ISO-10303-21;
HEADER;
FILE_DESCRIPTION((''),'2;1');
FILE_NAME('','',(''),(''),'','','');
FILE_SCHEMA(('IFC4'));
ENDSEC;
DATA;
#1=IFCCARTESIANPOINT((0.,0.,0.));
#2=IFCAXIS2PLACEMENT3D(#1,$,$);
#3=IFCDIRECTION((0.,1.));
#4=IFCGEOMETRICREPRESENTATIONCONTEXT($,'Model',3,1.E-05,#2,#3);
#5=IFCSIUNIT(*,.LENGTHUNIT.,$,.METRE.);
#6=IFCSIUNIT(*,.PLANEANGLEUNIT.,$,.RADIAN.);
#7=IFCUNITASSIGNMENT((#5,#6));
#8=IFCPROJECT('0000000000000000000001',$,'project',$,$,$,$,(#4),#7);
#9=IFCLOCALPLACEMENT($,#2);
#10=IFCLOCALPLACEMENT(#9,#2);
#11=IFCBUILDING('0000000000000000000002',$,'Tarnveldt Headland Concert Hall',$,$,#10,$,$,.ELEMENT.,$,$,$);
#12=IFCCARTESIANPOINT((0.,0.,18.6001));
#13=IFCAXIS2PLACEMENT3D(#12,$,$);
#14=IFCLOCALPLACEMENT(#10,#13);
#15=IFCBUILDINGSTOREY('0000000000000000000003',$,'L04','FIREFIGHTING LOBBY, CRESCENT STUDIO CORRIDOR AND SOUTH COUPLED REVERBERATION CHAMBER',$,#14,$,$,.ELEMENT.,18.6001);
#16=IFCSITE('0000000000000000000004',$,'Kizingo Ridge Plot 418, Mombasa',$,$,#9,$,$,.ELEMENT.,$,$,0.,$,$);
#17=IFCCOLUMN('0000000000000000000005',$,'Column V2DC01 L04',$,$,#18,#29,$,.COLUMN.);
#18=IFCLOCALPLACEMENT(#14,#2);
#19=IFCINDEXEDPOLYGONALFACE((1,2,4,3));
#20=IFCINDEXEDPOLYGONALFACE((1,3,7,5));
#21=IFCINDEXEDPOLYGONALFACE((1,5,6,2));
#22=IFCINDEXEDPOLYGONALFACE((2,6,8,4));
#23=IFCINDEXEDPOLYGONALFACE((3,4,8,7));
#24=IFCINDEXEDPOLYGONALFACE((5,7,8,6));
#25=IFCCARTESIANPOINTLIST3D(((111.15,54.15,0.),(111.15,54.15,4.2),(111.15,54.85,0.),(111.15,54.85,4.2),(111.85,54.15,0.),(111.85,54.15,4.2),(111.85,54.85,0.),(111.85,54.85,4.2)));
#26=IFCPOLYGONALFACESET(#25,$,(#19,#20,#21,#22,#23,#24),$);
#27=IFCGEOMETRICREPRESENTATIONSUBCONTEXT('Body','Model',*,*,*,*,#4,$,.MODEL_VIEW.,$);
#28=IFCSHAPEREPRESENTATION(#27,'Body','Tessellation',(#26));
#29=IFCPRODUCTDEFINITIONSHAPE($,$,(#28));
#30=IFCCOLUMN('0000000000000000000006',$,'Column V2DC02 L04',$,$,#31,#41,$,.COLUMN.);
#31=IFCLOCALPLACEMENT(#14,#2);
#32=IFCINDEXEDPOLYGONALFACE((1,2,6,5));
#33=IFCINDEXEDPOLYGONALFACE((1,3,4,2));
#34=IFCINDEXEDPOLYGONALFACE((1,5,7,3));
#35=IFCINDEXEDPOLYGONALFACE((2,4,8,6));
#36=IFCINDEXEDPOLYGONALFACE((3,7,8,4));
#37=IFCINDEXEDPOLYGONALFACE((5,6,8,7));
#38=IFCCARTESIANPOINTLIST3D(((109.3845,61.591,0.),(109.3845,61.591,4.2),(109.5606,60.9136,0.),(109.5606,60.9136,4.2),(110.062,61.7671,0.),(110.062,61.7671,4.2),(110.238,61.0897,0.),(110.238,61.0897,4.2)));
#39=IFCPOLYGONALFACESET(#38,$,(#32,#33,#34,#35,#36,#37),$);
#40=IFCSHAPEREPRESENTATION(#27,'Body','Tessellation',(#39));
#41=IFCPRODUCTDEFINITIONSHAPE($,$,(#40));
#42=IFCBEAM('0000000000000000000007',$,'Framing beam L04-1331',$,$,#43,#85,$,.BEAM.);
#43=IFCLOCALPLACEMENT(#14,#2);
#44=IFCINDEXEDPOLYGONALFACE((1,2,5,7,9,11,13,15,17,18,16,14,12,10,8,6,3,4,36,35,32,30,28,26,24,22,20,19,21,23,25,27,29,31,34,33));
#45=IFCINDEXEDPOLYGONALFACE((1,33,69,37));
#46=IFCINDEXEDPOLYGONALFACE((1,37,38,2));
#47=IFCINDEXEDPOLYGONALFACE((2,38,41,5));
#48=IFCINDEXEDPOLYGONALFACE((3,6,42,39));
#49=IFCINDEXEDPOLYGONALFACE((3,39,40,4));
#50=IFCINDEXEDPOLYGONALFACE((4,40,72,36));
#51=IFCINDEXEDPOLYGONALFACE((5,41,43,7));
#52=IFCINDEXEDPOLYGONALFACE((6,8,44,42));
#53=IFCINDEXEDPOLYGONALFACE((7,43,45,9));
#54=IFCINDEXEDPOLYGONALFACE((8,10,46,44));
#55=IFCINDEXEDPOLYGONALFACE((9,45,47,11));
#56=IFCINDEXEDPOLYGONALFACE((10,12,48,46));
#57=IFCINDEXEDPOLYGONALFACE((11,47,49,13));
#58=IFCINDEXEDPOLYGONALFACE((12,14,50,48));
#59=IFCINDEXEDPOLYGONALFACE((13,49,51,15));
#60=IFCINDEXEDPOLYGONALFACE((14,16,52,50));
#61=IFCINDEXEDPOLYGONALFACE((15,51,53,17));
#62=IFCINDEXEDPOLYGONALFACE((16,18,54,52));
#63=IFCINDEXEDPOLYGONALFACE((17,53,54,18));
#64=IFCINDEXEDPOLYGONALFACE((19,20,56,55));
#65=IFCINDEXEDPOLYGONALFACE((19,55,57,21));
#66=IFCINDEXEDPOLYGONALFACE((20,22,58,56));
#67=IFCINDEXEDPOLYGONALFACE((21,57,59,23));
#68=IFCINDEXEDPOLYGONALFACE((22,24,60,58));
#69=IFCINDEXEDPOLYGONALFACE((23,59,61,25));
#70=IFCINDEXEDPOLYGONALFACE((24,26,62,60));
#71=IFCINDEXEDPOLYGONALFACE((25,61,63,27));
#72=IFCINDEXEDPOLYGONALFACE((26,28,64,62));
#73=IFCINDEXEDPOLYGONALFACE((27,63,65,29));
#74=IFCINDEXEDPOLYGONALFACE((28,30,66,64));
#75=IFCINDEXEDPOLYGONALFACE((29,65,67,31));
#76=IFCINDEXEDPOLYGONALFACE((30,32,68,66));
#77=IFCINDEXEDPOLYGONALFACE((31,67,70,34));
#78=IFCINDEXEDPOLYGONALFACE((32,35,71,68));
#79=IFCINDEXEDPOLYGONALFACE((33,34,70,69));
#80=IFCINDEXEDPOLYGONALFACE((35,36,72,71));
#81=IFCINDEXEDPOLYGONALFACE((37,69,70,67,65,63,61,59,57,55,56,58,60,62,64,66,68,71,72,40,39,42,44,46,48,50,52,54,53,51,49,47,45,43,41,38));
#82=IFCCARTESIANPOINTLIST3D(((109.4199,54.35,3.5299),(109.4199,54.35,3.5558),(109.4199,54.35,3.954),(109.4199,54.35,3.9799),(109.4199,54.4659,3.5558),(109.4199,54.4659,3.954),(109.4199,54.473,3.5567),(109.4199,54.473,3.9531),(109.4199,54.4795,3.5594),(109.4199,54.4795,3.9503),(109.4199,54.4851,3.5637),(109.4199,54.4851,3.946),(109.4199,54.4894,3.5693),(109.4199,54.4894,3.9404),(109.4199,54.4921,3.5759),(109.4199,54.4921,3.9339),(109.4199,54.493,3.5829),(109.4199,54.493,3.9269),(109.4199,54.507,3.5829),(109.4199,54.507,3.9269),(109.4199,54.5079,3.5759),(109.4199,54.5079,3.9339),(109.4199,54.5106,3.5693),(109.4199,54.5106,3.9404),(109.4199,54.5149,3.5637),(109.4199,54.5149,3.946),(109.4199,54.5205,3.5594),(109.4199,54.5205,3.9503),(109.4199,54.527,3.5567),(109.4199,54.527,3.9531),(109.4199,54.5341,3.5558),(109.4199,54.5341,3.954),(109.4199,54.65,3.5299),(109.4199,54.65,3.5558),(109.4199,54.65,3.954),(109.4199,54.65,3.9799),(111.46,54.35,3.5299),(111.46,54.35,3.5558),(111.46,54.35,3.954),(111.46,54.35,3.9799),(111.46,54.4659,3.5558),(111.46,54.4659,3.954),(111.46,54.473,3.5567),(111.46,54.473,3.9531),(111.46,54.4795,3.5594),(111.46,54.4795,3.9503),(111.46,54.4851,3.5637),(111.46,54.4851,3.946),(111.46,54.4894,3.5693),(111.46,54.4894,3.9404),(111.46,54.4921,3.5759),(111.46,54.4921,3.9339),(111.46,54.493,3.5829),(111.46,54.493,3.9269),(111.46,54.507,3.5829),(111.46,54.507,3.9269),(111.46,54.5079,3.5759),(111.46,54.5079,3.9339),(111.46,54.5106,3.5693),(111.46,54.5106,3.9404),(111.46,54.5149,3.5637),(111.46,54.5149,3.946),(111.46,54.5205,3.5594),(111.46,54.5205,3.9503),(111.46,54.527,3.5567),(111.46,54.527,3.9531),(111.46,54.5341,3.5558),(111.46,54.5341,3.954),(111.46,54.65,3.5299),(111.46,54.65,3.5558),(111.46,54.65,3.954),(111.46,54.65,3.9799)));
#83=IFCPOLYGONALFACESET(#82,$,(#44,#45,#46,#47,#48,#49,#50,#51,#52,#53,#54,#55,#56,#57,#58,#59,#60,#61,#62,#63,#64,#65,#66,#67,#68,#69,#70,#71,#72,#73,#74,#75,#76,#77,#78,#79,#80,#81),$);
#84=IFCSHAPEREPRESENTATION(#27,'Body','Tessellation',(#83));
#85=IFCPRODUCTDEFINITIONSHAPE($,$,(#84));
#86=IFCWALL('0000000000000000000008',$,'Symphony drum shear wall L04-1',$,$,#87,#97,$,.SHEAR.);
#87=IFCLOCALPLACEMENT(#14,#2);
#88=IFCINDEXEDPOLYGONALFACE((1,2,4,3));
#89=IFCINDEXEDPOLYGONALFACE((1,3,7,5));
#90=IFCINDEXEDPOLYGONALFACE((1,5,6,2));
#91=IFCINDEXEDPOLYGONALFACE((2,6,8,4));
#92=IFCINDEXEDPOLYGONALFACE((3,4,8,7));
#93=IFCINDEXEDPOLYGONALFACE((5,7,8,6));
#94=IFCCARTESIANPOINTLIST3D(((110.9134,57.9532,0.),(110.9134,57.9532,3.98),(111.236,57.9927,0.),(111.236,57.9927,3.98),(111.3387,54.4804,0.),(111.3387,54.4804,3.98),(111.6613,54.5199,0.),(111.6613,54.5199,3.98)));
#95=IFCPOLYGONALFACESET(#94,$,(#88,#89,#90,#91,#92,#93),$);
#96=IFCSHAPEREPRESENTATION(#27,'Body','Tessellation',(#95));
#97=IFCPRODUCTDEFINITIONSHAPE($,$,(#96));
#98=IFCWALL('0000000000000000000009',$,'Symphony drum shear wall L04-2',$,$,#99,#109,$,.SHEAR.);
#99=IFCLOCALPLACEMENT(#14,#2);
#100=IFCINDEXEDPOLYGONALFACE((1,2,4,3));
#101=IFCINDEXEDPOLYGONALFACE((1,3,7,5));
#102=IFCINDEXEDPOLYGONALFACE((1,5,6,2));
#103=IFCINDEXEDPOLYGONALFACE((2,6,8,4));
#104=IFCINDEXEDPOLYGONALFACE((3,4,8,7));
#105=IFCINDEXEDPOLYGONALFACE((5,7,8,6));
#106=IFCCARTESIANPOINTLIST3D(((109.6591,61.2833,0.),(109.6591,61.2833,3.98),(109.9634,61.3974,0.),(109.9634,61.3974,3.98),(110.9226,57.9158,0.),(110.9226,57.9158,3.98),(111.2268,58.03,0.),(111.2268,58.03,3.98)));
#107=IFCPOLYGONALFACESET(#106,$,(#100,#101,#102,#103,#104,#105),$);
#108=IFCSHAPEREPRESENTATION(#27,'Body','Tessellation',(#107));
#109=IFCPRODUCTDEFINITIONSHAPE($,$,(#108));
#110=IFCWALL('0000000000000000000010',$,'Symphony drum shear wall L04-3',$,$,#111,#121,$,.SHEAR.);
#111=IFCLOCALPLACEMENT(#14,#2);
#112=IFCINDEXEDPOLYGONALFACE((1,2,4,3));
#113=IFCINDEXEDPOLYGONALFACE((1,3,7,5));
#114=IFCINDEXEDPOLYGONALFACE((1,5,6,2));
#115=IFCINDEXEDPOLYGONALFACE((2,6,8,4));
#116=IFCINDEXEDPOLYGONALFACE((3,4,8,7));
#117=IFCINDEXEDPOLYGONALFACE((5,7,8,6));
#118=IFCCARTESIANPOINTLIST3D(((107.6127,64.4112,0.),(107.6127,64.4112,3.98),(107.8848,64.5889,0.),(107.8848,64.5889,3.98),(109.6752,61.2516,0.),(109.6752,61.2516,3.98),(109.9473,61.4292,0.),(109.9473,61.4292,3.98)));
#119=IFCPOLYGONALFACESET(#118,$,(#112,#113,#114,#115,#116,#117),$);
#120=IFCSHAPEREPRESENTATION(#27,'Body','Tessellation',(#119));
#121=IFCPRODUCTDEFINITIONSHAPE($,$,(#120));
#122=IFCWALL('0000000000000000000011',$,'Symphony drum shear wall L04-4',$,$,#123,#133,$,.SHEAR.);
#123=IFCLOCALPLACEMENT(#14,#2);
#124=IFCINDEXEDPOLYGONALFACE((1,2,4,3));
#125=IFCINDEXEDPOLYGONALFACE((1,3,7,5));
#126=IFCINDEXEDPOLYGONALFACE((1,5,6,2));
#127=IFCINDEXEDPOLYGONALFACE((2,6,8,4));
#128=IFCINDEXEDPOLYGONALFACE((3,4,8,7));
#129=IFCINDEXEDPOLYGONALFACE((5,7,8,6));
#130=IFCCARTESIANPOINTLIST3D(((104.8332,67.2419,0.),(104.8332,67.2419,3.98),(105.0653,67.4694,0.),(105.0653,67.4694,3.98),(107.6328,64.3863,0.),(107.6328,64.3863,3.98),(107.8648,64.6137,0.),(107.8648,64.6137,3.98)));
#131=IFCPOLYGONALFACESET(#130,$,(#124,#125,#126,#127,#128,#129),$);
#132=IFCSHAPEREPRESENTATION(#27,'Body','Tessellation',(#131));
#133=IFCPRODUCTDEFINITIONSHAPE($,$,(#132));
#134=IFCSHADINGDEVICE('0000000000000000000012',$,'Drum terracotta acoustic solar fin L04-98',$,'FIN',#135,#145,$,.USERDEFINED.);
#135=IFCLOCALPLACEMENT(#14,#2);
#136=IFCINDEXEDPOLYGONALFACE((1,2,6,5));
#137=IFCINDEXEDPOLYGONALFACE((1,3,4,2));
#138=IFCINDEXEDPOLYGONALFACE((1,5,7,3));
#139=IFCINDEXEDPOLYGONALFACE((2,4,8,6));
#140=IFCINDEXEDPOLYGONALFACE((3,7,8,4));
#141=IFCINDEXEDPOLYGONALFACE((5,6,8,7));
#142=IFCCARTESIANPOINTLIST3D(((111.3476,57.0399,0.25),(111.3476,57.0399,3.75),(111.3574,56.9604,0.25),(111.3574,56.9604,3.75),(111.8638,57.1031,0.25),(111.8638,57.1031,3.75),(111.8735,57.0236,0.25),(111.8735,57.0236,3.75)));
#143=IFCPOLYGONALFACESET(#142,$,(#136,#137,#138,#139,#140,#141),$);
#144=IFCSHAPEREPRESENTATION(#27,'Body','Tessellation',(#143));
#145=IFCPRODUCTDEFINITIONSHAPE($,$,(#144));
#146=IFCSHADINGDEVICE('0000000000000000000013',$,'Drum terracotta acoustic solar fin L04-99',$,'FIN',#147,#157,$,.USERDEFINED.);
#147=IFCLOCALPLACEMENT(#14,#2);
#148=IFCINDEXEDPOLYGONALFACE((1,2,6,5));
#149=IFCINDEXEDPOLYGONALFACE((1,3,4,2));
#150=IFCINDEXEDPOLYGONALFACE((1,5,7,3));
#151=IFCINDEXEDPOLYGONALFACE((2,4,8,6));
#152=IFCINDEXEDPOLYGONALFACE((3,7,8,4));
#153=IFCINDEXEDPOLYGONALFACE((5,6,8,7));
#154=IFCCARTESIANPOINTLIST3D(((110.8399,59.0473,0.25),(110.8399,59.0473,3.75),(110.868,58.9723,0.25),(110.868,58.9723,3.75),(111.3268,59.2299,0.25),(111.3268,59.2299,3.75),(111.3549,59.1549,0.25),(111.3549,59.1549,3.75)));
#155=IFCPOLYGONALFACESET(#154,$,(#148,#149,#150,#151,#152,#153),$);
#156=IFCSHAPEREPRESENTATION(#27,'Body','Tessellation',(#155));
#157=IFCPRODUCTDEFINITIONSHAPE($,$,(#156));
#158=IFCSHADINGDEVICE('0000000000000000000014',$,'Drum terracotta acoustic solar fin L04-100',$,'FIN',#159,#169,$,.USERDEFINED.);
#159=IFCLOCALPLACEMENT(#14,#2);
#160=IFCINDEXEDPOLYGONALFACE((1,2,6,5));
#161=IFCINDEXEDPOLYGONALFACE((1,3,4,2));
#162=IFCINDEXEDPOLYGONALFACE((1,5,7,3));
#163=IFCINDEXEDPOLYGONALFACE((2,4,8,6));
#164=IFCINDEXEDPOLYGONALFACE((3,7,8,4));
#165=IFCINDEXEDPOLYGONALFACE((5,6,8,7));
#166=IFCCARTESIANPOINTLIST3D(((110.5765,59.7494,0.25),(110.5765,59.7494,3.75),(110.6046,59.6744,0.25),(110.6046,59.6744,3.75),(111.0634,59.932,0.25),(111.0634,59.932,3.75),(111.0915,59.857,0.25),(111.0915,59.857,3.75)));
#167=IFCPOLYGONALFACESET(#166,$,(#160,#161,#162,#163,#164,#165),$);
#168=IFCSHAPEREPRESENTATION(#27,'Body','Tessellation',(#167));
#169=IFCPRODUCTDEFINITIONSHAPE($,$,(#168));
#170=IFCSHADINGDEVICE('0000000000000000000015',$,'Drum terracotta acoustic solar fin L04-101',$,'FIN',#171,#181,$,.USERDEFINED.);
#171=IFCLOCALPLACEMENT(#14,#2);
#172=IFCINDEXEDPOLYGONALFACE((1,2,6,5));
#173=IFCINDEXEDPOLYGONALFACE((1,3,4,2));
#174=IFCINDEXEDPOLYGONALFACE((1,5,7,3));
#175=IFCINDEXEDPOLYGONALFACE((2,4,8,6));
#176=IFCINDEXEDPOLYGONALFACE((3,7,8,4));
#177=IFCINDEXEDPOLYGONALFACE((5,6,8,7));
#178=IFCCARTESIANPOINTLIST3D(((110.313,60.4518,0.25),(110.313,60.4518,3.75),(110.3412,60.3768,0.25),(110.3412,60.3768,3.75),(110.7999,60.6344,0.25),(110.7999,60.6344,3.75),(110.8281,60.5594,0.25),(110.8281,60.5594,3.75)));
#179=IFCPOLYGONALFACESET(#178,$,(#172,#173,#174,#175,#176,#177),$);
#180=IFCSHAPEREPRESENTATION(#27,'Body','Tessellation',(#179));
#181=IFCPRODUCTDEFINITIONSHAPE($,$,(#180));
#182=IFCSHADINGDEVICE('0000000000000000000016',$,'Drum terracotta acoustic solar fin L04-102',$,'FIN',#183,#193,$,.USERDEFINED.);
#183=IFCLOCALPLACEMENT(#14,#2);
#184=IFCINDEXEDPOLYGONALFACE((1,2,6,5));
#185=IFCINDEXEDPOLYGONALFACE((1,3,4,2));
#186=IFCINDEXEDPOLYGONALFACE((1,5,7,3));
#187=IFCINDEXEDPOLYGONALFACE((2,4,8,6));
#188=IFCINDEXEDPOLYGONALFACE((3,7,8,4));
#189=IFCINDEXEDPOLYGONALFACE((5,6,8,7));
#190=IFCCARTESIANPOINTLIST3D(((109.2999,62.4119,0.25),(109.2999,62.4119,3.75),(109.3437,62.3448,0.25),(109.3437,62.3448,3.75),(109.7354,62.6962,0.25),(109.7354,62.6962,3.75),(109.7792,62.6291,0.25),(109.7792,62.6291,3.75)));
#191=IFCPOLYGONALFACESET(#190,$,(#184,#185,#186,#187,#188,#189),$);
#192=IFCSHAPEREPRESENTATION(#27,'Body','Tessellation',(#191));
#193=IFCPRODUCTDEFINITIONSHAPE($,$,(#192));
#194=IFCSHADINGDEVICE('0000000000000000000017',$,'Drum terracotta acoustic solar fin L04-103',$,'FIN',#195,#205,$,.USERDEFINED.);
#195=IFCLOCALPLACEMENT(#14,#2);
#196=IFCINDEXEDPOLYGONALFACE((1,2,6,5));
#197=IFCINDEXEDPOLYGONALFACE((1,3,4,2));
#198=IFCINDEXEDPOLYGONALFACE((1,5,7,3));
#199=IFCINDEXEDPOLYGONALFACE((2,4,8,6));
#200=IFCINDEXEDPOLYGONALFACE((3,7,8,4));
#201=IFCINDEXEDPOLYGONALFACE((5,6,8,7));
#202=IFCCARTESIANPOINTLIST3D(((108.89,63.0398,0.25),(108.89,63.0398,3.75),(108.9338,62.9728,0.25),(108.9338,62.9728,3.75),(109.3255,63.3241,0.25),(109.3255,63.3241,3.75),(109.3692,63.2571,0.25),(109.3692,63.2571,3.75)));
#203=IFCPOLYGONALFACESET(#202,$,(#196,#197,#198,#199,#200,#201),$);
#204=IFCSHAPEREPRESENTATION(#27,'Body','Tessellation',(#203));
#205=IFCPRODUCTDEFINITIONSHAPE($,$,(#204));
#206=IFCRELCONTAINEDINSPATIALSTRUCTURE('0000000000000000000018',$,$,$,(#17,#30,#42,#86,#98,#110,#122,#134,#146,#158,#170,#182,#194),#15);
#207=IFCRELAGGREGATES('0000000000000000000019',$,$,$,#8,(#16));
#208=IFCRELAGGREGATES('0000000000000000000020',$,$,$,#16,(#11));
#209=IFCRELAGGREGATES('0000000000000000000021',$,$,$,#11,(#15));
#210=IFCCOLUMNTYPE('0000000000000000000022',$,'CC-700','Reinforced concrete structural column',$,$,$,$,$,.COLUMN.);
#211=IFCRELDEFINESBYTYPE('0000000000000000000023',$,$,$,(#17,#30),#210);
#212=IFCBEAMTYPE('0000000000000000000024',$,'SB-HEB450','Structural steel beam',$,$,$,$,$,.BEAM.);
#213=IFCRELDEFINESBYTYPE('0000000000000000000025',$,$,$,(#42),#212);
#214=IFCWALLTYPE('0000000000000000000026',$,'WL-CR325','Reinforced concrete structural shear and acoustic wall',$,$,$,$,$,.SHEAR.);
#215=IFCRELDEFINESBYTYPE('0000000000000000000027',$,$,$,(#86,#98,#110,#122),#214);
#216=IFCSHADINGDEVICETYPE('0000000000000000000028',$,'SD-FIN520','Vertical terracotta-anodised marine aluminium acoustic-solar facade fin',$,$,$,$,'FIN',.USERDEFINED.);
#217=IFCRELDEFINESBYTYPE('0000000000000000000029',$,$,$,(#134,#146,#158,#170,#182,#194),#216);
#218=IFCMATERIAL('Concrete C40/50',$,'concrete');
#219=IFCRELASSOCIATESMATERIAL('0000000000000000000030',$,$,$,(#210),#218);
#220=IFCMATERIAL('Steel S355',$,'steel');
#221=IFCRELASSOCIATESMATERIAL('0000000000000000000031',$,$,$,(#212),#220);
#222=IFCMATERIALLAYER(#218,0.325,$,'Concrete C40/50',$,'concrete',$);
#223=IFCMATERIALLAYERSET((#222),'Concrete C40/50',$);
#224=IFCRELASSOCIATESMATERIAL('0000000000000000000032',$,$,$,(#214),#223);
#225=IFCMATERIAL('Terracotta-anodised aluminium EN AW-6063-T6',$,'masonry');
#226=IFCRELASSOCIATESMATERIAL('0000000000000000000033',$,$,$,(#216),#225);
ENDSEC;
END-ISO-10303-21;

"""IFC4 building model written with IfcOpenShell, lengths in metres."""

from ifc_helpers import new_model, si_unit, direction, frame, frame_2d, origin, origin_2d, place, context, subcontext, project, spatial, rectangle, i_section, extrude, material, layer, layer_set, material_profile, profile_set, type_object, element, save


model = new_model("IFC4")

# Units and contexts
model_context = context("Model", 3, precision=1e-05, world=origin(), true_north=direction((0.0, 1.0)))
body_context = subcontext(model_context, "Body", "Model", "MODEL_VIEW")
ifc_project = project(units=[si_unit("LENGTHUNIT", "METRE"), si_unit("PLANEANGLEUNIT", "RADIAN")], contexts=[model_context])

# Site, building, storey
site_placement = place(None, origin())
site = spatial("IfcSite", under=ifc_project, at=site_placement, Name="Kizingo Ridge Plot 418, Mombasa", CompositionType="ELEMENT", RefElevation=0.0)
building_placement = place(site_placement, origin())
building = spatial("IfcBuilding", under=site, at=building_placement, Name="Tarnveldt Headland Concert Hall", CompositionType="ELEMENT")
storey_placement = place(building_placement, frame((0.0, 0.0, 18.6001)))
storey = spatial("IfcBuildingStorey", under=building, at=storey_placement, Name="L04", Description="FIREFIGHTING LOBBY, CRESCENT STUDIO CORRIDOR AND SOUTH COUPLED REVERBERATION CHAMBER", CompositionType="ELEMENT", Elevation=18.6001)

# Columns
ifc_material_1 = material(Name="Concrete C40/50", Category="concrete")
ifc_material_profile_1 = material_profile(ifc_material_1, rectangle(XDim=0.7, YDim=0.7, at=origin_2d()), Name="RC 700x700", Category="concrete")
ifc_profile_set_1 = profile_set([ifc_material_profile_1], Name="Concrete C40/50")
column_type = type_object("IfcColumnType", Name="CC-700", Description="Reinforced concrete structural column", PredefinedType="COLUMN", material=ifc_profile_set_1)
for number, where, z_axis, x_axis, name in (
    (1, (111.5, 54.5, 0.0), (0.0, 0.0, 1.0), (1.0, 0.0, 0.0), "Column V2DC01 L04"),
    (2, (109.8113, 61.3403, 0.0), (0.0, 0.0, 1.0), (0.967841, 0.251563, 0.0), "Column V2DC02 L04"),
):
    element("IfcColumn", number, at=place(storey_placement, frame(where, z_axis=z_axis, x_axis=x_axis)), inside=storey, type_object=column_type, Name=name, PredefinedType="COLUMN", context=body_context, shape_type="SweptSolid", body=[
        extrude(rectangle(XDim=0.7, YDim=0.7, at=origin_2d()), origin(), (0.0, 0.0, 1.0), 4.2),
    ])

# Beam
ifc_material_2 = material(Name="Steel S355", Category="steel")
ifc_material_profile_2 = material_profile(ifc_material_2, i_section(OverallWidth=0.3, OverallDepth=0.45, WebThickness=0.0139, FlangeThickness=0.0259, FilletRadius=0.0271, at=origin_2d()), Name="HEB450", Category="steel")
ifc_profile_set_2 = profile_set([ifc_material_profile_2], Name="Steel S355")
beam_type = type_object("IfcBeamType", Name="SB-HEB450", Description="Structural steel beam", PredefinedType="BEAM", material=ifc_profile_set_2)
beam_placement = place(storey_placement, frame((109.4199, 54.5, 3.7549), z_axis=(1.0, 0.0, 0.0), x_axis=(0.0, 1.0, 0.0)))
element("IfcBeam", 3, at=beam_placement, inside=storey, type_object=beam_type, Name="Framing beam L04-1331", PredefinedType="BEAM", context=body_context, shape_type="SweptSolid", body=[
    extrude(i_section(OverallWidth=0.3, OverallDepth=0.45, WebThickness=0.0139, FlangeThickness=0.0259, FilletRadius=0.0271, at=origin_2d()), origin(), (0.0, 0.0, 1.0), 2.04),
])

# Walls
ifc_layer_1 = layer(ifc_material_1, 0.325, Name="Concrete C40/50", Category="concrete")
ifc_layer_set_1 = layer_set([ifc_layer_1], Name="Concrete C40/50")
wall_type_1 = type_object("IfcWallType", Name="WL-CR325", Description="Reinforced concrete structural shear and acoustic wall", PredefinedType="SHEAR", material=ifc_layer_set_1)
wall_1_placement = place(storey_placement, frame((111.5, 54.5, 0.0), z_axis=(0.0, 0.0, 1.0), x_axis=(-0.121552, 0.992585, 0.0)))
element("IfcWall", 4, at=wall_1_placement, inside=storey, type_object=wall_type_1, Name="Symphony drum shear wall L04-1", PredefinedType="SHEAR", context=body_context, shape_type="SweptSolid", body=[
    extrude(rectangle(XDim=3.4988, YDim=0.325, at=frame_2d((1.7495, 0.0))), origin(), (0.0, 0.0, 1.0), 3.98),
])
wall_2_placement = place(storey_placement, frame((111.0747, 57.9729, 0.0), z_axis=(0.0, 0.0, 1.0), x_axis=(-0.35128, 0.936271, 0.0)))
element("IfcWall", 5, at=wall_2_placement, inside=storey, type_object=wall_type_1, Name="Symphony drum shear wall L04-2", PredefinedType="SHEAR", context=body_context, shape_type="SweptSolid", body=[
    extrude(rectangle(XDim=3.5967, YDim=0.325, at=frame_2d((1.7983, 0.0))), origin(), (0.0, 0.0, 1.0), 3.98),
])
wall_3_placement = place(storey_placement, frame((109.8113, 61.3403, 0.0), z_axis=(0.0, 0.0, 1.0), x_axis=(-0.546611, 0.837387, 0.0)))
element("IfcWall", 6, at=wall_3_placement, inside=storey, type_object=wall_type_1, Name="Symphony drum shear wall L04-3", PredefinedType="SHEAR", context=body_context, shape_type="SweptSolid", body=[
    extrude(rectangle(XDim=3.7732, YDim=0.325, at=frame_2d((1.8867, 0.0))), origin(), (0.0, 0.0, 1.0), 3.98),
])
wall_4_placement = place(storey_placement, frame((107.7488, 64.5, 0.0), z_axis=(0.0, 0.0, 1.0), x_axis=(-0.700051, 0.714093, 0.0)))
element("IfcWall", 7, at=wall_4_placement, inside=storey, type_object=wall_type_1, Name="Symphony drum shear wall L04-4", PredefinedType="SHEAR", context=body_context, shape_type="SweptSolid", body=[
    extrude(rectangle(XDim=3.999, YDim=0.325, at=frame_2d((1.9995, 0.0))), origin(), (0.0, 0.0, 1.0), 3.98),
])

# Shading devices
ifc_material_3 = material(Name="Terracotta-anodised aluminium EN AW-6063-T6", Category="masonry")
shading_device_type = type_object("IfcShadingDeviceType", Name="SD-FIN520", Description="Vertical terracotta-anodised marine aluminium acoustic-solar facade fin", ElementType="FIN", PredefinedType="USERDEFINED", material=ifc_material_3)
for number, where, z_axis, x_axis, name in (
    (8, (111.6106, 57.0317, 0.25), (0.0, 0.0, 1.0), (0.992589, 0.121523, 0.0), "Drum terracotta acoustic solar fin L04-98"),
    (9, (111.0974, 59.1011, 0.25), (0.0, 0.0, 1.0), (0.936305, 0.351188, 0.0), "Drum terracotta acoustic solar fin L04-99"),
    (10, (110.834, 59.8032, 0.25), (0.0, 0.0, 1.0), (0.936305, 0.351188, 0.0), "Drum terracotta acoustic solar fin L04-100"),
    (11, (110.5706, 60.5056, 0.25), (0.0, 0.0, 1.0), (0.936305, 0.351188, 0.0), "Drum terracotta acoustic solar fin L04-101"),
    (12, (109.5396, 62.5205, 0.25), (0.0, 0.0, 1.0), (0.837337, 0.546687, 0.0), "Drum terracotta acoustic solar fin L04-102"),
    (13, (109.1296, 63.1484, 0.25), (0.0, 0.0, 1.0), (0.837337, 0.546687, 0.0), "Drum terracotta acoustic solar fin L04-103"),
):
    element("IfcShadingDevice", number, at=place(storey_placement, frame(where, z_axis=z_axis, x_axis=x_axis)), inside=storey, type_object=shading_device_type, Name=name, ObjectType="FIN", PredefinedType="USERDEFINED", context=body_context, shape_type="SweptSolid", body=[
        extrude(rectangle(XDim=0.52, YDim=0.0801, at=origin_2d()), origin(), (0.0, 0.0, 1.0), 3.5),
    ])

save(model, "model.ifc")
